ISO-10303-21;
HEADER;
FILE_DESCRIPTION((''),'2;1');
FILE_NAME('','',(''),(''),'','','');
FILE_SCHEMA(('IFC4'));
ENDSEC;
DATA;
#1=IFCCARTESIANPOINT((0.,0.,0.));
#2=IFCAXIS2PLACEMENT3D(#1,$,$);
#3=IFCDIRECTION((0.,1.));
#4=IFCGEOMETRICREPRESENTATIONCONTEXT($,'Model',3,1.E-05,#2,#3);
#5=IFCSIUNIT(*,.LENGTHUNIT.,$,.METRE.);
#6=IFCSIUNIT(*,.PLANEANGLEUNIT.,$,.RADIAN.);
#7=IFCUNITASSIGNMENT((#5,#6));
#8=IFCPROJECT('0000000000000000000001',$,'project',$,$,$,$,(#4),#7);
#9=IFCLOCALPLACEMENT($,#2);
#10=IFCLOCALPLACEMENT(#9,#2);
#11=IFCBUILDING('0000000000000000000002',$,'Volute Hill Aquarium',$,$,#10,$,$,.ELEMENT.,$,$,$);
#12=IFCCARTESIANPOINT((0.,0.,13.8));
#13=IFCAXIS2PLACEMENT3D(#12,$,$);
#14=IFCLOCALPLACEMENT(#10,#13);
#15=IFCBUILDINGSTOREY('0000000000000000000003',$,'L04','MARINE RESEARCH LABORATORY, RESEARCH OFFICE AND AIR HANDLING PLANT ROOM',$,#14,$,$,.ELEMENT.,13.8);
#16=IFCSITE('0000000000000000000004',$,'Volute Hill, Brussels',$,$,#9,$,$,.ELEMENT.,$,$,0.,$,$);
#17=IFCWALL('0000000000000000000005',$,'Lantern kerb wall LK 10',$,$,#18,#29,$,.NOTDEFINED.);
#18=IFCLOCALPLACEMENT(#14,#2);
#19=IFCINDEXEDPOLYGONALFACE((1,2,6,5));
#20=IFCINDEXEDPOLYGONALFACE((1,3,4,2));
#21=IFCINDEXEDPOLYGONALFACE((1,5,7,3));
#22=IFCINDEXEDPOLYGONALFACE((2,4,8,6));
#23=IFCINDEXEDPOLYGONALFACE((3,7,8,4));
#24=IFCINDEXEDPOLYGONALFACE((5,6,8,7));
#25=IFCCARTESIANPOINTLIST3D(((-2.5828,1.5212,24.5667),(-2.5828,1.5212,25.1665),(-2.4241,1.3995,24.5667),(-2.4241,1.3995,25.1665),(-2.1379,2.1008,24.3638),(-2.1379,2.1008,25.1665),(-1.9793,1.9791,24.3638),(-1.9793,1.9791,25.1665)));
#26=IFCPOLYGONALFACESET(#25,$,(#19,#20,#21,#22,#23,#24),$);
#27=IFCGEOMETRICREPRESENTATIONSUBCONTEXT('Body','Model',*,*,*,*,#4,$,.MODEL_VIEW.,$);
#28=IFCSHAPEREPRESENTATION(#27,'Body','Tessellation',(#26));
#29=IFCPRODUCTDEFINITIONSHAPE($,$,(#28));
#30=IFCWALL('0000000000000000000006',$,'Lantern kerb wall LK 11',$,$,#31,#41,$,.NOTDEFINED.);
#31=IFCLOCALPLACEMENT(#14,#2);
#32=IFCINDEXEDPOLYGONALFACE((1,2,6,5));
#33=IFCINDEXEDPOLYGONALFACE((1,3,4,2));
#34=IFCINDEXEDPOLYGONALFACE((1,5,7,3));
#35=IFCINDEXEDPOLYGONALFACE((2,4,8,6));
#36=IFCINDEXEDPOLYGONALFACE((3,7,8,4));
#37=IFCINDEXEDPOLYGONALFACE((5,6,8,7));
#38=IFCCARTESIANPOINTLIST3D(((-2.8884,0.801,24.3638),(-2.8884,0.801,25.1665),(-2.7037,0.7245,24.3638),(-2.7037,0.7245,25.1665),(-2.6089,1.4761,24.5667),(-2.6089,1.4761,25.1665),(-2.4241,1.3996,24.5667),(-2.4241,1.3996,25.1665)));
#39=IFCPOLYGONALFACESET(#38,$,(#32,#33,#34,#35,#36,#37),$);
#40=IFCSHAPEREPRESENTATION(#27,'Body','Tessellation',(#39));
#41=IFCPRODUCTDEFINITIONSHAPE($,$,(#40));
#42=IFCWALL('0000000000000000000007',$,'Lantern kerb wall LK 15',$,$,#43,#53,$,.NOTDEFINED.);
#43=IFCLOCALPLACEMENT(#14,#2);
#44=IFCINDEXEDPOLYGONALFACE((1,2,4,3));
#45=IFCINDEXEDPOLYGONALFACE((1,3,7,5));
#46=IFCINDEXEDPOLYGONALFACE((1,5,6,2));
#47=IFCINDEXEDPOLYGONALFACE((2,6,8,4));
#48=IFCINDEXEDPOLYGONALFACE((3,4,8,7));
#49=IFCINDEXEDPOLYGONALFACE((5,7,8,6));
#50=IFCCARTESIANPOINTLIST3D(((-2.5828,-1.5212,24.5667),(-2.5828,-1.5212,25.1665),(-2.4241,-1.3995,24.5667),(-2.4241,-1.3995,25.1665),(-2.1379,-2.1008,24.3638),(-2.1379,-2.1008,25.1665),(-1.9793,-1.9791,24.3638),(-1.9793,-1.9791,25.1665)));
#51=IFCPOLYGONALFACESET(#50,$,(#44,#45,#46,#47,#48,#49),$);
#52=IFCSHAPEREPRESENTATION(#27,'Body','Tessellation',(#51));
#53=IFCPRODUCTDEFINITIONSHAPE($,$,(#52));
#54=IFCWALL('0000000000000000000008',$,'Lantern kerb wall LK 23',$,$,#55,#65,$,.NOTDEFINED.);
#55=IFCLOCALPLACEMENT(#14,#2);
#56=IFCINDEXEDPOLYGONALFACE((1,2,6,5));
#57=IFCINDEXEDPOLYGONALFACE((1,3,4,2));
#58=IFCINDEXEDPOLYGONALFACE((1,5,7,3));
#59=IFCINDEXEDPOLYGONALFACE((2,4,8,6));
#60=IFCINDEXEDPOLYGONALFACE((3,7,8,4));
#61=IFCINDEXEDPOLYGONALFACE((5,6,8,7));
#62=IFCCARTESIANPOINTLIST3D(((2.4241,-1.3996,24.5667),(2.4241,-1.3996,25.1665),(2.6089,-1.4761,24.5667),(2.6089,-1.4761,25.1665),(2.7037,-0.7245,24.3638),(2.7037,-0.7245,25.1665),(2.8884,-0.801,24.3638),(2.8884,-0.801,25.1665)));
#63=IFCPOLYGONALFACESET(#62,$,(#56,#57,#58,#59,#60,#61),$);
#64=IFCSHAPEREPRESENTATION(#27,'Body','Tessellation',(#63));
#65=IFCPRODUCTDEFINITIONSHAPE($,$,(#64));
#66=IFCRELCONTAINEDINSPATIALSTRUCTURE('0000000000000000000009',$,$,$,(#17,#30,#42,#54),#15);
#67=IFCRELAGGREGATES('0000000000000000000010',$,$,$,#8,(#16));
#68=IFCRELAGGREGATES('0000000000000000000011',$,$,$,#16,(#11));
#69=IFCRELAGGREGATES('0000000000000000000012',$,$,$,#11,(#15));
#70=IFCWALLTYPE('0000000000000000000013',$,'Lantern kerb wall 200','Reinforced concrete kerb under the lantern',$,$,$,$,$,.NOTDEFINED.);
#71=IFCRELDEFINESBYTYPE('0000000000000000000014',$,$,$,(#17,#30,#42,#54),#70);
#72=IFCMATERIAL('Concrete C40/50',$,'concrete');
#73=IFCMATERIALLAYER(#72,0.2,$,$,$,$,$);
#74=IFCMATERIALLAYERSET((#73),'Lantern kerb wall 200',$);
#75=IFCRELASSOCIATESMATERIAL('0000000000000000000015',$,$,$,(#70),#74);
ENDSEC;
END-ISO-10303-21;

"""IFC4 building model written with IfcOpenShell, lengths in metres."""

from ifc_helpers import new_model, si_unit, direction, frame, origin, place, context, subcontext, project, spatial, polyline, outline, extrude, material, layer, layer_set, type_object, element, save


model = new_model("IFC4")

# Units and contexts
model_context = context("Model", 3, precision=1e-05, world=origin(), true_north=direction((0.0, 1.0)))
body_context = subcontext(model_context, "Body", "Model", "MODEL_VIEW")
ifc_project = project(units=[si_unit("LENGTHUNIT", "METRE"), si_unit("PLANEANGLEUNIT", "RADIAN")], contexts=[model_context])

# Site, building, storey
site_placement = place(None, origin())
site = spatial("IfcSite", under=ifc_project, at=site_placement, Name="Volute Hill, Brussels", CompositionType="ELEMENT", RefElevation=0.0)
building_placement = place(site_placement, origin())
building = spatial("IfcBuilding", under=site, at=building_placement, Name="Volute Hill Aquarium", CompositionType="ELEMENT")
storey_placement = place(building_placement, frame((0.0, 0.0, 13.8)))
storey = spatial("IfcBuildingStorey", under=building, at=storey_placement, Name="L04", Description="MARINE RESEARCH LABORATORY, RESEARCH OFFICE AND AIR HANDLING PLANT ROOM", CompositionType="ELEMENT", Elevation=13.8)

# Walls
ifc_material_1 = material(Name="Concrete C40/50", Category="concrete")
ifc_layer_1 = layer(ifc_material_1, 0.2)
ifc_layer_set_1 = layer_set([ifc_layer_1], Name="Lantern kerb wall 200")
wall_type_1 = type_object("IfcWallType", Name="Lantern kerb wall 200", Description="Reinforced concrete kerb under the lantern", PredefinedType="NOTDEFINED", material=ifc_layer_set_1)
wall_1_placement = place(storey_placement, frame((-2.1379, 2.1008, 24.3638), z_axis=(-0.793294, 0.608838, 0.0), x_axis=(-0.58664, -0.764371, 0.267562)))
element("IfcWall", 1, at=wall_1_placement, inside=storey, type_object=wall_type_1, Name="Lantern kerb wall LK 10", PredefinedType="NOTDEFINED", context=body_context, shape_type="SweptSolid", body=[
    extrude(outline(polyline([(0.0, 0.0), (0.7583, 0.0), (0.9188, 0.578), (0.2148, 0.7735), (0.0, 0.0)])), origin(), (0.0, 0.0, -1.0), 0.2),
])
wall_2_placement = place(storey_placement, frame((-2.6089, 1.4761, 24.5667), z_axis=(-0.923915, 0.382598, 0.0), x_axis=(-0.368649, -0.890232, -0.267553)))
element("IfcWall", 2, at=wall_2_placement, inside=storey, type_object=wall_type_1, Name="Lantern kerb wall LK 11", PredefinedType="NOTDEFINED", context=body_context, shape_type="SweptSolid", body=[
    extrude(outline(polyline([(0.0, 0.0), (0.7583, 0.0), (0.5435, 0.7735), (-0.1605, 0.578), (0.0, 0.0)])), origin(), (0.0, 0.0, -1.0), 0.2),
])
wall_3_placement = place(storey_placement, frame((-2.5828, -1.5212, 24.5667), z_axis=(-0.793294, -0.608838, 0.0), x_axis=(0.58664, -0.764371, -0.267562)))
element("IfcWall", 3, at=wall_3_placement, inside=storey, type_object=wall_type_1, Name="Lantern kerb wall LK 15", PredefinedType="NOTDEFINED", context=body_context, shape_type="SweptSolid", body=[
    extrude(outline(polyline([(0.0, 0.0), (0.7583, 0.0), (0.5435, 0.7735), (-0.1605, 0.578), (0.0, 0.0)])), origin(), (0.0, 0.0, -1.0), 0.2),
])
wall_4_placement = place(storey_placement, frame((2.6089, -1.4761, 24.5667), z_axis=(0.923915, -0.382598, 0.0), x_axis=(0.368649, 0.890232, -0.267553)))
element("IfcWall", 4, at=wall_4_placement, inside=storey, type_object=wall_type_1, Name="Lantern kerb wall LK 23", PredefinedType="NOTDEFINED", context=body_context, shape_type="SweptSolid", body=[
    extrude(outline(polyline([(0.0, 0.0), (0.7583, 0.0), (0.5435, 0.7735), (-0.1605, 0.578), (0.0, 0.0)])), origin(), (0.0, 0.0, -1.0), 0.2),
])

save(model, "model.ifc")
